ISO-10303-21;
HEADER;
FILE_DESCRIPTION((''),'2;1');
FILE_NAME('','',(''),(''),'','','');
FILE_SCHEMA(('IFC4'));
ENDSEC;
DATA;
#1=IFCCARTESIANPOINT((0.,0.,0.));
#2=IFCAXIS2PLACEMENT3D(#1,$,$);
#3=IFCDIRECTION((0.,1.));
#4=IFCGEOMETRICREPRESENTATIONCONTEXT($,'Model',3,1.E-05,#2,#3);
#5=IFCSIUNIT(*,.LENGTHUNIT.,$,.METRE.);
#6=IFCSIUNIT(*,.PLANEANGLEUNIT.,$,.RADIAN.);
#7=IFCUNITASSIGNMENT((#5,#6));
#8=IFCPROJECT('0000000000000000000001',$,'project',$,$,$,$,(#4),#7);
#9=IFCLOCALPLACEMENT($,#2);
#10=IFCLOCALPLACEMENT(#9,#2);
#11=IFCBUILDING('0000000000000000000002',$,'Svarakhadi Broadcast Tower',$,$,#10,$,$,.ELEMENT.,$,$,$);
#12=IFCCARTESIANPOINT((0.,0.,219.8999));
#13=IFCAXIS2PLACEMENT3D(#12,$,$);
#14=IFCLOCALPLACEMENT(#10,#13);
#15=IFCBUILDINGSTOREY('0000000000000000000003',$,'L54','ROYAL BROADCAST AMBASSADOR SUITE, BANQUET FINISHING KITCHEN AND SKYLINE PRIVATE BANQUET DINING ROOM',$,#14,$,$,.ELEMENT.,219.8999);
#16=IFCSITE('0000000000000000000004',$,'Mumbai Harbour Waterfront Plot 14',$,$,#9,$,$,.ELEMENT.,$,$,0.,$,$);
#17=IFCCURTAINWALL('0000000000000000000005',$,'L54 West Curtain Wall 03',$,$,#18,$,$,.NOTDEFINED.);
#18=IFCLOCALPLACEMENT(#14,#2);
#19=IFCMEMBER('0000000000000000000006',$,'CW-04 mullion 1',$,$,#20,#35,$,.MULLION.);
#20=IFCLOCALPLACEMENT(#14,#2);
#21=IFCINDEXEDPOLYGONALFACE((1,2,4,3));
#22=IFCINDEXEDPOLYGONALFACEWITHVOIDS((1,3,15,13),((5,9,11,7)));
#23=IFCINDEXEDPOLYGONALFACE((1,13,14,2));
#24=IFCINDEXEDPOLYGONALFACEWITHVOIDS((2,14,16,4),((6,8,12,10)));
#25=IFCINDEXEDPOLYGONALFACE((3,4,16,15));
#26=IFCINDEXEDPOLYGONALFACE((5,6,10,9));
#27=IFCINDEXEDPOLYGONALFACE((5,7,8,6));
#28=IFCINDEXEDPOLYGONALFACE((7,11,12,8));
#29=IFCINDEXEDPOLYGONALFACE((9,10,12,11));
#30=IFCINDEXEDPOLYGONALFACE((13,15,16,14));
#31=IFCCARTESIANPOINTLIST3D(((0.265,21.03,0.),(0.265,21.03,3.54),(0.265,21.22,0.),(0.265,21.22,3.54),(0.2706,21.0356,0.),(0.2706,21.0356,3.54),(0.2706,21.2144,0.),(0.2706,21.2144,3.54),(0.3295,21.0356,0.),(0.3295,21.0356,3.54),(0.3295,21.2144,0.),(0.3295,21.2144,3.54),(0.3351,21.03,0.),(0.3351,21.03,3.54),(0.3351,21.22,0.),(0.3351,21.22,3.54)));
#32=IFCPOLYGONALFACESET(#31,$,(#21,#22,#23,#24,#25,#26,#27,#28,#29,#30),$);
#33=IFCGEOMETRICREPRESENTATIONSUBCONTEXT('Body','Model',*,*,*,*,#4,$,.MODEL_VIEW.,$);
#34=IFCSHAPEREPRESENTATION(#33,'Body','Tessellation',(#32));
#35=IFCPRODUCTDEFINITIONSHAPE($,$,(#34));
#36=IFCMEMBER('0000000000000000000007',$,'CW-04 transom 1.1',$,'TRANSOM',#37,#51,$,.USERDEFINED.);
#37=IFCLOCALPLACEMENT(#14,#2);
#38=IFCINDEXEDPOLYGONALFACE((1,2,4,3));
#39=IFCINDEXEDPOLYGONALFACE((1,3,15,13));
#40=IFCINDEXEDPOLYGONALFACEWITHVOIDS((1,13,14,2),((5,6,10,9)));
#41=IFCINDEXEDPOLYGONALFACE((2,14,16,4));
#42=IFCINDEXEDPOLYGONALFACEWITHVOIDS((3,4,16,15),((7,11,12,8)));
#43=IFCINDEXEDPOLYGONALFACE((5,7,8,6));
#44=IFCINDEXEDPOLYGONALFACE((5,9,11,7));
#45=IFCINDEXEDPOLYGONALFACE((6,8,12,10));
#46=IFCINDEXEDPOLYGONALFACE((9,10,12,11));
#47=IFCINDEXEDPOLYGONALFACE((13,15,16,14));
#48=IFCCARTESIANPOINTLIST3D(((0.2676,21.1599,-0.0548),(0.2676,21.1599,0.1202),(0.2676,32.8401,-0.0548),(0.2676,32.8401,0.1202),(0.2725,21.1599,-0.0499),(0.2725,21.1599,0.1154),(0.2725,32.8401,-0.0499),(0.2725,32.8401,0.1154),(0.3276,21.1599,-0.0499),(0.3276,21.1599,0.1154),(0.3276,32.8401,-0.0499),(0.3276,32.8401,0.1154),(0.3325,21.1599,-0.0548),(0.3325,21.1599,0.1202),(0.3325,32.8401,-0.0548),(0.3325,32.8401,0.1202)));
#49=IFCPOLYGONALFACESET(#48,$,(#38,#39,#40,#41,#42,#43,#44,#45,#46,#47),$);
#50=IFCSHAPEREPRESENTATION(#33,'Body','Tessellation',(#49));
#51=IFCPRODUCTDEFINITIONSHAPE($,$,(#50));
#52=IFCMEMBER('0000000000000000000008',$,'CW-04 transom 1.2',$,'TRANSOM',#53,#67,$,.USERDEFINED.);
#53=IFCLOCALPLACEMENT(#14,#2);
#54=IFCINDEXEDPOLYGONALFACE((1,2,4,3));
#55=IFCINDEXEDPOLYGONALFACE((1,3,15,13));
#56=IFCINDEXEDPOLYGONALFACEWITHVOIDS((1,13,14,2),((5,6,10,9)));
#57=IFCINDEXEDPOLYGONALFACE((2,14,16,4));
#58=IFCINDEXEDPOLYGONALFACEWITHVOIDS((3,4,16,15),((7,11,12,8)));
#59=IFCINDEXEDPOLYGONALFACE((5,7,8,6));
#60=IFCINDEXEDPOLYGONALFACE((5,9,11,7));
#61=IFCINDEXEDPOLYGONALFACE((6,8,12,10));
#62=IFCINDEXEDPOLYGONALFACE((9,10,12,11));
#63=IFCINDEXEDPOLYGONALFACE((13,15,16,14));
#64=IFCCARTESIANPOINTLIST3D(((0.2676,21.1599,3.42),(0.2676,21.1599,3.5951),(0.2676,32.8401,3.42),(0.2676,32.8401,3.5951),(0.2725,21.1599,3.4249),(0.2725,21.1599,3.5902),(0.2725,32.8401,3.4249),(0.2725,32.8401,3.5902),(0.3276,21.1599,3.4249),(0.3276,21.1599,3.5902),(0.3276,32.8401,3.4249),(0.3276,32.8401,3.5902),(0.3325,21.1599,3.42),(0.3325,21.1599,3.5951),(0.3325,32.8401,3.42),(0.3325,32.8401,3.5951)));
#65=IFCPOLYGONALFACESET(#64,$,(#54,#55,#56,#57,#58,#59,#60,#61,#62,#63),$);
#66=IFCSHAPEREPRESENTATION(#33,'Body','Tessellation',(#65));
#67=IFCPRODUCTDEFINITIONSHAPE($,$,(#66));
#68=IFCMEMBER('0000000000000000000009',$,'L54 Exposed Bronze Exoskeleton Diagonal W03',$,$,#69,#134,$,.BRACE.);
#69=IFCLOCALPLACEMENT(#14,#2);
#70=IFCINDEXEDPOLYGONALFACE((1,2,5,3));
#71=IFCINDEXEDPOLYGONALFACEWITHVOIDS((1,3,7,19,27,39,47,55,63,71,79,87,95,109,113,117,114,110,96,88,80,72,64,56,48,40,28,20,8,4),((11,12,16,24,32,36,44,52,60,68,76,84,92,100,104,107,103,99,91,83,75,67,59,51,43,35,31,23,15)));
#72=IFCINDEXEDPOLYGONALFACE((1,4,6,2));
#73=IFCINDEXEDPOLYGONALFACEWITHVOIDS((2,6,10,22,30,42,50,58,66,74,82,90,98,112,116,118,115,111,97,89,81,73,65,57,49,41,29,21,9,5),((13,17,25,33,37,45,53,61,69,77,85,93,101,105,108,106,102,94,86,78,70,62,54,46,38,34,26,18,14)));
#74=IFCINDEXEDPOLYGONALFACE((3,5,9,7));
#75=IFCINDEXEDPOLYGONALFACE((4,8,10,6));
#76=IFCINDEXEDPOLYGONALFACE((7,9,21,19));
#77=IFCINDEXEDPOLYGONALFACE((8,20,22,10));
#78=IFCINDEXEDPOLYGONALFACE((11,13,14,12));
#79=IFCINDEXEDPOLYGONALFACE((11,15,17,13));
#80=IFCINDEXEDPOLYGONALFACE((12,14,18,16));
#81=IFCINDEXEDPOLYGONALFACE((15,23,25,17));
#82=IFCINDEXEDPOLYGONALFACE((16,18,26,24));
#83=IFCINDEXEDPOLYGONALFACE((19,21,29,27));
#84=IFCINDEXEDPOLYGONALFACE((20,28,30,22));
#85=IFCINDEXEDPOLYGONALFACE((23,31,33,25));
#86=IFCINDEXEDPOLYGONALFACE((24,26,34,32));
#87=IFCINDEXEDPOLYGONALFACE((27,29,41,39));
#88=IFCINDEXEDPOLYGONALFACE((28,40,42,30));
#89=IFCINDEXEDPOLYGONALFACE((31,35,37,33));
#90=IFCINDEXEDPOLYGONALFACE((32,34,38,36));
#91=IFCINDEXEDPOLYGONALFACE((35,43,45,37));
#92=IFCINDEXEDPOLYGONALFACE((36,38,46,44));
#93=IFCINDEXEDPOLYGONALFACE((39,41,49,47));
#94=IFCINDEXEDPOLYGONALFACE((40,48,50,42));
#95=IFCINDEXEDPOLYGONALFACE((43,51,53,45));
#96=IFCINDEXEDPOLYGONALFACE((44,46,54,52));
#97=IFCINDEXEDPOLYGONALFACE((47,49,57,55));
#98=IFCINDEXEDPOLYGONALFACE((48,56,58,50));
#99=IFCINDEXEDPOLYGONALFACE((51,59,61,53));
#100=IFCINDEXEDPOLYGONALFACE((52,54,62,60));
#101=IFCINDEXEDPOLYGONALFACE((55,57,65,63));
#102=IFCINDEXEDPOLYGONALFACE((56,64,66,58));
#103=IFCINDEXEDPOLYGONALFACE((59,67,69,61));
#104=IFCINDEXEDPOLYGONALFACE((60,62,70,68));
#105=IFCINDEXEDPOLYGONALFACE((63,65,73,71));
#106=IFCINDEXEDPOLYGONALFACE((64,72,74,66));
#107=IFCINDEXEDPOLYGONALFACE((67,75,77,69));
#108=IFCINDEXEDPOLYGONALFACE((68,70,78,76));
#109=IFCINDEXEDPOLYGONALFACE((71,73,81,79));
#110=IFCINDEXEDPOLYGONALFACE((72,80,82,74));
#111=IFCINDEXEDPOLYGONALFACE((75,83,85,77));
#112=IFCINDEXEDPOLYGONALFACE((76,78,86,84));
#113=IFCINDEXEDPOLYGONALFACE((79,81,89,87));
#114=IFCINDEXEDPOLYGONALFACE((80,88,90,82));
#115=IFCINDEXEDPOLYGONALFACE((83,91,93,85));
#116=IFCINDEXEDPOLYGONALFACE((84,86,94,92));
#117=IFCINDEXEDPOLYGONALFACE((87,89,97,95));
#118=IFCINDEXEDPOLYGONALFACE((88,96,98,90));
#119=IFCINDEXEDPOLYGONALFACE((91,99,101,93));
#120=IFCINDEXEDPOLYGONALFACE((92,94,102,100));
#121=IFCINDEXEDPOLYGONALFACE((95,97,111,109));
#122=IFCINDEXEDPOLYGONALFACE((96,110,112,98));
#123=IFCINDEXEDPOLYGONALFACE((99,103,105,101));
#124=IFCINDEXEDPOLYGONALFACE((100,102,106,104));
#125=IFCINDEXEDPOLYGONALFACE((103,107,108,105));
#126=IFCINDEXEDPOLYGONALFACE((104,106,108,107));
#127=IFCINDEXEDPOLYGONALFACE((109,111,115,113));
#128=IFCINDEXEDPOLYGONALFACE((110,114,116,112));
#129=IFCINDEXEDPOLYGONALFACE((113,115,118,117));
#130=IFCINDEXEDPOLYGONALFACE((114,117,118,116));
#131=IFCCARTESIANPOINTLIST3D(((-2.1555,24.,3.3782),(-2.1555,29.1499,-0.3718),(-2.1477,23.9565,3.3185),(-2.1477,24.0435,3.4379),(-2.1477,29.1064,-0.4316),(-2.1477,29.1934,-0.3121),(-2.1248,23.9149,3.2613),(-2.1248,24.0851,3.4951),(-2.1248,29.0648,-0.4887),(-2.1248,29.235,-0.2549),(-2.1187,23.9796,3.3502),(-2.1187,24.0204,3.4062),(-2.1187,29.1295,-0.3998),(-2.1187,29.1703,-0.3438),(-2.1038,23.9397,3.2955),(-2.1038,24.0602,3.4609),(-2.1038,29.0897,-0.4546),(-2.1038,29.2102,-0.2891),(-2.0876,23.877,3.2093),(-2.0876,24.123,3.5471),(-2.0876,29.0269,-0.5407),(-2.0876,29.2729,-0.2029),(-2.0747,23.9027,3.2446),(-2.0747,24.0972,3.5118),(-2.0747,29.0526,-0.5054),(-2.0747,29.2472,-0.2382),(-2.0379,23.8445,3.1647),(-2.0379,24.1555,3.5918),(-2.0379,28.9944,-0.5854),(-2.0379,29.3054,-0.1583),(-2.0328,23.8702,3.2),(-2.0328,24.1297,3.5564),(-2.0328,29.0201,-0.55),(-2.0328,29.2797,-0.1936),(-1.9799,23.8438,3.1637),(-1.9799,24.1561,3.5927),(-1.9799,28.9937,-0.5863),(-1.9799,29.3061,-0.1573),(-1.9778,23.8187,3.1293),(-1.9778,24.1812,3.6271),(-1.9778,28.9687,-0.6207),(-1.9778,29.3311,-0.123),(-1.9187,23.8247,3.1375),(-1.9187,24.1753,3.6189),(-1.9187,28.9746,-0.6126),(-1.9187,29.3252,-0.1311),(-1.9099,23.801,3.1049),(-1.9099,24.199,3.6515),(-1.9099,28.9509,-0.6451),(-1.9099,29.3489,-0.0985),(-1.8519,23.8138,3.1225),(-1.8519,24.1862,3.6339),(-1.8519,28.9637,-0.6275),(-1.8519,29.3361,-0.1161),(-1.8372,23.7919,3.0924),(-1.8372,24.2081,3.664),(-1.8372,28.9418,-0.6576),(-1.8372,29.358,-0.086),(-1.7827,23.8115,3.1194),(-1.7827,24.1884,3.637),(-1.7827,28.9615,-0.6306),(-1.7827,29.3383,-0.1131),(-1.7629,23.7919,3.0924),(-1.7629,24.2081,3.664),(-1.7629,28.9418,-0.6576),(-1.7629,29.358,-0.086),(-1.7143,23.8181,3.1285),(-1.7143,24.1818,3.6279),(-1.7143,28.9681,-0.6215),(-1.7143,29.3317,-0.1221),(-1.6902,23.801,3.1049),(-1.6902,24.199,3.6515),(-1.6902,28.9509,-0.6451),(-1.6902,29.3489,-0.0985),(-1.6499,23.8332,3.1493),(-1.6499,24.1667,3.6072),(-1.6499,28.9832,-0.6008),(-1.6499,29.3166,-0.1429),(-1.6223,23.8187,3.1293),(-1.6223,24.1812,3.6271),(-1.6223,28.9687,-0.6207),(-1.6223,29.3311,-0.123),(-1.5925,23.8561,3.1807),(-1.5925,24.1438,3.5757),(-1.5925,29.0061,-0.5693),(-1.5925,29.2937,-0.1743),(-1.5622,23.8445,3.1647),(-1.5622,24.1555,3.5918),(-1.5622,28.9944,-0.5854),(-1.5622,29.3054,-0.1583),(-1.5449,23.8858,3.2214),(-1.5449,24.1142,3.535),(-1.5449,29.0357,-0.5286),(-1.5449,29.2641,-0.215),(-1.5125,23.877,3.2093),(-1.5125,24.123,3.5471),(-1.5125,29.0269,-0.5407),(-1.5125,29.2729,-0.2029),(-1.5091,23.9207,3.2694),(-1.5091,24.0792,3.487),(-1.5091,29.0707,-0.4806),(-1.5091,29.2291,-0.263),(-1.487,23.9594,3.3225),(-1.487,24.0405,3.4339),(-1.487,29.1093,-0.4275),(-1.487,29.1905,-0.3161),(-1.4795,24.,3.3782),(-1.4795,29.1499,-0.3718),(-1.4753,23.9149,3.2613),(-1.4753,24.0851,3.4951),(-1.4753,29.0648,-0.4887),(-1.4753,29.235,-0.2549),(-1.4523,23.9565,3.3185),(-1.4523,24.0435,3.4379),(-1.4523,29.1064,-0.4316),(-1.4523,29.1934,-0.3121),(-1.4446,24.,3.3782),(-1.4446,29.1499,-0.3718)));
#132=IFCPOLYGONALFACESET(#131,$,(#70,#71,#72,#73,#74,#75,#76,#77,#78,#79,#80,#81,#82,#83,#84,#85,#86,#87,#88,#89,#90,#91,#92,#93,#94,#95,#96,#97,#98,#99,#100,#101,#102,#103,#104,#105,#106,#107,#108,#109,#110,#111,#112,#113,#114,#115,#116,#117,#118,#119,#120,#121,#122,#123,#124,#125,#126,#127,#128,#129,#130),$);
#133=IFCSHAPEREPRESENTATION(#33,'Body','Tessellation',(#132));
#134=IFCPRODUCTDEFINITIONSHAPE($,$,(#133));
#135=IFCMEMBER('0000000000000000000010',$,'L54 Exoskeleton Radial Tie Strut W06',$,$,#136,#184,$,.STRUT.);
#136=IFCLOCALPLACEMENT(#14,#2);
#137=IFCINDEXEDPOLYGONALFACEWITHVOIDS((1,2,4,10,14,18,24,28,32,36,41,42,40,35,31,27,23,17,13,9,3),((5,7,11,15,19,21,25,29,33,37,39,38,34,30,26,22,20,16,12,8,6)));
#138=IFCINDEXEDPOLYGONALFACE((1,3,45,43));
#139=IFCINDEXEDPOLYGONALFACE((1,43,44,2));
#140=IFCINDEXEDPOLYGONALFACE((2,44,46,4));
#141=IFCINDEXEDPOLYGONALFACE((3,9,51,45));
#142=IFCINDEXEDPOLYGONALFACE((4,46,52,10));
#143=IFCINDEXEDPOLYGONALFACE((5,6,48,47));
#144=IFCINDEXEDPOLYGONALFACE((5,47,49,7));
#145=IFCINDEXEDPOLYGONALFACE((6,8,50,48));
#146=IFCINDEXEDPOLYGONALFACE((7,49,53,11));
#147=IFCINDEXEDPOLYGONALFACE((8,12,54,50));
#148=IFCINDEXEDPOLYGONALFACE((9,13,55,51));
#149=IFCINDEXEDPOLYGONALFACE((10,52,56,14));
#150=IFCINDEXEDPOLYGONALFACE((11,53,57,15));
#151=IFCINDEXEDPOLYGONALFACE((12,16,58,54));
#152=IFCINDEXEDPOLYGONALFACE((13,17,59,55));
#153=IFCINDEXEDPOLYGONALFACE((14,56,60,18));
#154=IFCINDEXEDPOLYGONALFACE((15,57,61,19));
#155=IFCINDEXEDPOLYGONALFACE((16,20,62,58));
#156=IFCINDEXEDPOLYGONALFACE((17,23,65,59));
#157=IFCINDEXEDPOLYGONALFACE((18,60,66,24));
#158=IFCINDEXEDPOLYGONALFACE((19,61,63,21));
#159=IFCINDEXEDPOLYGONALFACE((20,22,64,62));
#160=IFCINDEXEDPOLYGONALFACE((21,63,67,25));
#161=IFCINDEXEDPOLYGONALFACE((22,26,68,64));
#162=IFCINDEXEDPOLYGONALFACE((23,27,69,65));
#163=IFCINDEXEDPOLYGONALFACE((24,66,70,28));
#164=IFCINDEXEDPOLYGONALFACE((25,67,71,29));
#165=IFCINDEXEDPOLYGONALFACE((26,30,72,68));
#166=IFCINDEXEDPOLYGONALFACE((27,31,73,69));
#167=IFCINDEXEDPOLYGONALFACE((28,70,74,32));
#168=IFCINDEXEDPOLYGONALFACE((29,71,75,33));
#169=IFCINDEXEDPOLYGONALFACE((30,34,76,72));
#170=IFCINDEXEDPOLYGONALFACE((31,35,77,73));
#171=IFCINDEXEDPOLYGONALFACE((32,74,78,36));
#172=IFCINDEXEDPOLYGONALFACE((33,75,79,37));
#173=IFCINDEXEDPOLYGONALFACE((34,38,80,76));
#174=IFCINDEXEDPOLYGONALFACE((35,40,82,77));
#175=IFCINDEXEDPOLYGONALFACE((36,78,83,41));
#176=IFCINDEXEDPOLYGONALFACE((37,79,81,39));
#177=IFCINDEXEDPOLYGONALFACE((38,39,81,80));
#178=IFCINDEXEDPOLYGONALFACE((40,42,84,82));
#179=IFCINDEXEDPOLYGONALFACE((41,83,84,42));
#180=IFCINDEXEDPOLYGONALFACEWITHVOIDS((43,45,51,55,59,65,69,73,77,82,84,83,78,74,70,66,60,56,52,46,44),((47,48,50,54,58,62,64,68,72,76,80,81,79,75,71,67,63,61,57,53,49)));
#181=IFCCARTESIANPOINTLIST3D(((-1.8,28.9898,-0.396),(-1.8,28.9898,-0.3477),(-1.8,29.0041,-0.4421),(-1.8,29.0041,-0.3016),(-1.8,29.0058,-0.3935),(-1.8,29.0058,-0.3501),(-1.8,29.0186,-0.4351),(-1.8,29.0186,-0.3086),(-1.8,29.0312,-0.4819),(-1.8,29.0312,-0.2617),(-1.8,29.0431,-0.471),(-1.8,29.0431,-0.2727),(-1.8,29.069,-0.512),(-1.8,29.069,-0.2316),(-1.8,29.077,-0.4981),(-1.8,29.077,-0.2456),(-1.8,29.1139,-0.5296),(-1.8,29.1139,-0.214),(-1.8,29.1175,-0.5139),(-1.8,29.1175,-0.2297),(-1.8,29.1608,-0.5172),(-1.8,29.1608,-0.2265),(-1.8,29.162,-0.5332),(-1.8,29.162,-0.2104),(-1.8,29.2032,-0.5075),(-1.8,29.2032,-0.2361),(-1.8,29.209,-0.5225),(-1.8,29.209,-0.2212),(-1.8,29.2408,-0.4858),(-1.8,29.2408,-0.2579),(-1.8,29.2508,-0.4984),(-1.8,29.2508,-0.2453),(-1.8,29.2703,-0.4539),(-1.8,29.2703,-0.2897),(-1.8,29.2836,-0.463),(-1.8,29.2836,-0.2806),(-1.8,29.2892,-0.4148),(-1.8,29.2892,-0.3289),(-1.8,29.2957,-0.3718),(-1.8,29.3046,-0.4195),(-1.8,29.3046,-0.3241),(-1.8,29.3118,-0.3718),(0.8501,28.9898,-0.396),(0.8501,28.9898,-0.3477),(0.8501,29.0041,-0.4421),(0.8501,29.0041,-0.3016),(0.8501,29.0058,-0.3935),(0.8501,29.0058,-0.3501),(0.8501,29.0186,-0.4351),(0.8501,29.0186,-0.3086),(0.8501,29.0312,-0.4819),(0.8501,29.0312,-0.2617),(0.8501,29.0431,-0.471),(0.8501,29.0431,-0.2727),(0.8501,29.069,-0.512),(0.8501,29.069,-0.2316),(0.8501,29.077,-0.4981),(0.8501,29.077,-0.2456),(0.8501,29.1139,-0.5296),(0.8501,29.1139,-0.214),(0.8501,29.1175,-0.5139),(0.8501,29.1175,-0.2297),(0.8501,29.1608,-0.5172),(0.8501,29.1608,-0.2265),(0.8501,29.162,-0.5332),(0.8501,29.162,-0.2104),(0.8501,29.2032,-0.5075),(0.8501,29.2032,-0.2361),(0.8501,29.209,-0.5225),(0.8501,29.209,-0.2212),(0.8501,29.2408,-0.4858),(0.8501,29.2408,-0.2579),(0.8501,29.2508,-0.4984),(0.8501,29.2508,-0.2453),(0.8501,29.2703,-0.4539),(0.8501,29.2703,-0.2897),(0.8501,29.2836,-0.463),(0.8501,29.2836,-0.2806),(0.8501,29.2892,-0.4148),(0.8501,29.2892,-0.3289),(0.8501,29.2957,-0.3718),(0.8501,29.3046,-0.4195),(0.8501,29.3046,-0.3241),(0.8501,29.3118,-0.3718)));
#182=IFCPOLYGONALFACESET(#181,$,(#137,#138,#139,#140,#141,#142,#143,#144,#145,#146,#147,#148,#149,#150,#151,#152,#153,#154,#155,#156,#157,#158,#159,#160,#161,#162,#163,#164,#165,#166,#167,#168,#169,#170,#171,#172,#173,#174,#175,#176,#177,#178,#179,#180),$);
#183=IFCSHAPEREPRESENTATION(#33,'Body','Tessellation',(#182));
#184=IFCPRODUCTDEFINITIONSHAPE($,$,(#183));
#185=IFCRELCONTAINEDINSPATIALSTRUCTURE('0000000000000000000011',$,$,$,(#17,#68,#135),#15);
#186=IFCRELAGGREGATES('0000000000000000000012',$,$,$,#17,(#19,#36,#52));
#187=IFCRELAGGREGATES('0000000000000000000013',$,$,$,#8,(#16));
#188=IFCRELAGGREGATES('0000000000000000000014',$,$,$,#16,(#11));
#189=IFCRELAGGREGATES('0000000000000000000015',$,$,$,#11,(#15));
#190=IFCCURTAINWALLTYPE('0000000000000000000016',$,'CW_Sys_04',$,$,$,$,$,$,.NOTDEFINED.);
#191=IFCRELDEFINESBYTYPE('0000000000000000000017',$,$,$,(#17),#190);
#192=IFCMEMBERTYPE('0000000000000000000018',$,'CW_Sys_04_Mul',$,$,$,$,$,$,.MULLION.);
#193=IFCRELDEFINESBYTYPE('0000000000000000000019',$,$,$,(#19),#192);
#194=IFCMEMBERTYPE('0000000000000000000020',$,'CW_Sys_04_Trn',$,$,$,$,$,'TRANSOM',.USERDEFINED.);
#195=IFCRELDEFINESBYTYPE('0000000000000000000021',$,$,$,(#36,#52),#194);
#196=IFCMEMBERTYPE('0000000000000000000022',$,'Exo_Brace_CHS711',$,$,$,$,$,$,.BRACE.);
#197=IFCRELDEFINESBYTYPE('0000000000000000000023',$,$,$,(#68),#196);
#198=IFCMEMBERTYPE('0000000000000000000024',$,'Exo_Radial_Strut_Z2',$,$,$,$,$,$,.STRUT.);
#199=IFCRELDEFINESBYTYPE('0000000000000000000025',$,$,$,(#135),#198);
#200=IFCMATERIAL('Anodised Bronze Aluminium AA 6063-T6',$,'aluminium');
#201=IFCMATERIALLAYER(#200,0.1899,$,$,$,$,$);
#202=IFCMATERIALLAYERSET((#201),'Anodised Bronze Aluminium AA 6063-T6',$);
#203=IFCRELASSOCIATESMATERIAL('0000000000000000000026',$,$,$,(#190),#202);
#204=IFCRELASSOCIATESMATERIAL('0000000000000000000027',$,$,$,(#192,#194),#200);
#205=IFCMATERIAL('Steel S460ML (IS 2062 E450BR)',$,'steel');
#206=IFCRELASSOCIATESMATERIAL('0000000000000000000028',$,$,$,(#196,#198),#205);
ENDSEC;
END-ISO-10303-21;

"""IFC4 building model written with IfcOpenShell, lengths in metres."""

from ifc_helpers import new_model, si_unit, direction, frame, origin, origin_2d, place, context, subcontext, project, spatial, hollow_rectangle, hollow_circle, extrude, material, layer, layer_set, material_profile, profile_set, type_object, element, aggregate, save


model = new_model("IFC4")

# Units and contexts
model_context = context("Model", 3, precision=1e-05, world=origin(), true_north=direction((0.0, 1.0)))
body_context = subcontext(model_context, "Body", "Model", "MODEL_VIEW")
ifc_project = project(units=[si_unit("LENGTHUNIT", "METRE"), si_unit("PLANEANGLEUNIT", "RADIAN")], contexts=[model_context])

# Site, building, storey
site_placement = place(None, origin())
site = spatial("IfcSite", under=ifc_project, at=site_placement, Name="Mumbai Harbour Waterfront Plot 14", CompositionType="ELEMENT", RefElevation=0.0)
building_placement = place(site_placement, origin())
building = spatial("IfcBuilding", under=site, at=building_placement, Name="Svarakhadi Broadcast Tower", CompositionType="ELEMENT")
storey_placement = place(building_placement, frame((0.0, 0.0, 219.8999)))
storey = spatial("IfcBuildingStorey", under=building, at=storey_placement, Name="L54", Description="ROYAL BROADCAST AMBASSADOR SUITE, BANQUET FINISHING KITCHEN AND SKYLINE PRIVATE BANQUET DINING ROOM", CompositionType="ELEMENT", Elevation=219.8999)

# Shared definitions
ifc_material_1 = material(Name="Steel S460ML (IS 2062 E450BR)", Category="steel")

# Curtain wall, members
ifc_material_2 = material(Name="Anodised Bronze Aluminium AA 6063-T6", Category="aluminium")
ifc_layer_1 = layer(ifc_material_2, 0.1899)
ifc_layer_set_1 = layer_set([ifc_layer_1], Name="Anodised Bronze Aluminium AA 6063-T6")
curtain_wall_type = type_object("IfcCurtainWallType", Name="CW_Sys_04", PredefinedType="NOTDEFINED", material=ifc_layer_set_1)
curtain_wall_placement = place(storey_placement, origin())
curtain_wall = element("IfcCurtainWall", 1, at=curtain_wall_placement, inside=storey, type_object=curtain_wall_type, Name="L54 West Curtain Wall 03", PredefinedType="NOTDEFINED")
ifc_material_profile_1 = material_profile(ifc_material_2, hollow_rectangle(XDim=0.0701, YDim=0.1899, WallThickness=0.0056, at=origin_2d()), Name="ALU MULLION 190x70x6")
ifc_profile_set_1 = profile_set([ifc_material_profile_1], Name="Anodised Bronze Aluminium AA 6063-T6")
member_type_1 = type_object("IfcMemberType", Name="CW_Sys_04_Mul", PredefinedType="MULLION", material=ifc_profile_set_1)
member_1_placement = place(storey_placement, frame((0.3, 21.125, 0.0), z_axis=(0.0, 0.0, 1.0), x_axis=(-1.0, 0.0, 0.0)))
member_1 = element("IfcMember", 2, at=member_1_placement, type_object=member_type_1, Name="CW-04 mullion 1", PredefinedType="MULLION", context=body_context, shape_type="SweptSolid", body=[
    extrude(hollow_rectangle(XDim=0.0701, YDim=0.1899, WallThickness=0.0056, at=origin_2d()), origin(), (0.0, 0.0, 1.0), 3.54),
])
ifc_material_profile_2 = material_profile(ifc_material_2, hollow_rectangle(XDim=0.0649, YDim=0.175, WallThickness=0.0049, at=origin_2d()), Name="ALU TRANSOM 175x65x5")
ifc_profile_set_2 = profile_set([ifc_material_profile_2], Name="Anodised Bronze Aluminium AA 6063-T6")
member_type_2 = type_object("IfcMemberType", Name="CW_Sys_04_Trn", ElementType="TRANSOM", PredefinedType="USERDEFINED", material=ifc_profile_set_2)
member_2_placement = place(storey_placement, frame((0.3, 21.1599, 0.0327), z_axis=(0.0, 1.0, 0.0), x_axis=(-1.0, 0.0, 0.0)))
member_2 = element("IfcMember", 3, at=member_2_placement, type_object=member_type_2, Name="CW-04 transom 1.1", ObjectType="TRANSOM", PredefinedType="USERDEFINED", context=body_context, shape_type="SweptSolid", body=[
    extrude(hollow_rectangle(XDim=0.0649, YDim=0.175, WallThickness=0.0049, at=origin_2d()), origin(), (0.0, 0.0, 1.0), 11.6802),
])
member_3_placement = place(storey_placement, frame((0.3, 21.1599, 3.5076), z_axis=(0.0, 1.0, 0.0), x_axis=(-1.0, 0.0, 0.0)))
member_3 = element("IfcMember", 4, at=member_3_placement, type_object=member_type_2, Name="CW-04 transom 1.2", ObjectType="TRANSOM", PredefinedType="USERDEFINED", context=body_context, shape_type="SweptSolid", body=[
    extrude(hollow_rectangle(XDim=0.0649, YDim=0.175, WallThickness=0.0049, at=origin_2d()), origin(), (0.0, 0.0, 1.0), 11.6802),
])

# Members
ifc_material_profile_3 = material_profile(ifc_material_1, hollow_circle(Radius=0.3555, WallThickness=0.0349, at=origin_2d()), Name="CHS 711x35")
ifc_profile_set_3 = profile_set([ifc_material_profile_3], Name="Steel S460ML (IS 2062 E450BR)")
member_type_3 = type_object("IfcMemberType", Name="Exo_Brace_CHS711", PredefinedType="BRACE", material=ifc_profile_set_3)
member_4_placement = place(storey_placement, frame((-1.8, 29.1499, -0.3718), z_axis=(0.0, -0.808391, 0.588646), x_axis=(1.0, 0.0, 0.0)))
element("IfcMember", 5, at=member_4_placement, inside=storey, type_object=member_type_3, Name="L54 Exposed Bronze Exoskeleton Diagonal W03", PredefinedType="BRACE", context=body_context, shape_type="SweptSolid", body=[
    extrude(hollow_circle(Radius=0.3555, WallThickness=0.0349, at=origin_2d()), origin(), (0.0, 0.0, 1.0), 6.3706),
])
ifc_material_profile_4 = material_profile(ifc_material_1, hollow_circle(Radius=0.1619, WallThickness=0.0161, at=origin_2d()), Name="CHS 323.9x16")
ifc_profile_set_4 = profile_set([ifc_material_profile_4], Name="Steel S460ML (IS 2062 E450BR)")
member_type_4 = type_object("IfcMemberType", Name="Exo_Radial_Strut_Z2", PredefinedType="STRUT", material=ifc_profile_set_4)
member_5_placement = place(storey_placement, frame((-1.8, 29.1499, -0.3718), z_axis=(1.0, 0.0, 0.0), x_axis=(0.0, 1.0, 0.0)))
element("IfcMember", 6, at=member_5_placement, inside=storey, type_object=member_type_4, Name="L54 Exoskeleton Radial Tie Strut W06", PredefinedType="STRUT", context=body_context, shape_type="SweptSolid", body=[
    extrude(hollow_circle(Radius=0.1619, WallThickness=0.0161, at=origin_2d()), origin(), (0.0, 0.0, 1.0), 2.6501),
])

aggregate(curtain_wall, [member_1, member_2, member_3])

save(model, "model.ifc")
